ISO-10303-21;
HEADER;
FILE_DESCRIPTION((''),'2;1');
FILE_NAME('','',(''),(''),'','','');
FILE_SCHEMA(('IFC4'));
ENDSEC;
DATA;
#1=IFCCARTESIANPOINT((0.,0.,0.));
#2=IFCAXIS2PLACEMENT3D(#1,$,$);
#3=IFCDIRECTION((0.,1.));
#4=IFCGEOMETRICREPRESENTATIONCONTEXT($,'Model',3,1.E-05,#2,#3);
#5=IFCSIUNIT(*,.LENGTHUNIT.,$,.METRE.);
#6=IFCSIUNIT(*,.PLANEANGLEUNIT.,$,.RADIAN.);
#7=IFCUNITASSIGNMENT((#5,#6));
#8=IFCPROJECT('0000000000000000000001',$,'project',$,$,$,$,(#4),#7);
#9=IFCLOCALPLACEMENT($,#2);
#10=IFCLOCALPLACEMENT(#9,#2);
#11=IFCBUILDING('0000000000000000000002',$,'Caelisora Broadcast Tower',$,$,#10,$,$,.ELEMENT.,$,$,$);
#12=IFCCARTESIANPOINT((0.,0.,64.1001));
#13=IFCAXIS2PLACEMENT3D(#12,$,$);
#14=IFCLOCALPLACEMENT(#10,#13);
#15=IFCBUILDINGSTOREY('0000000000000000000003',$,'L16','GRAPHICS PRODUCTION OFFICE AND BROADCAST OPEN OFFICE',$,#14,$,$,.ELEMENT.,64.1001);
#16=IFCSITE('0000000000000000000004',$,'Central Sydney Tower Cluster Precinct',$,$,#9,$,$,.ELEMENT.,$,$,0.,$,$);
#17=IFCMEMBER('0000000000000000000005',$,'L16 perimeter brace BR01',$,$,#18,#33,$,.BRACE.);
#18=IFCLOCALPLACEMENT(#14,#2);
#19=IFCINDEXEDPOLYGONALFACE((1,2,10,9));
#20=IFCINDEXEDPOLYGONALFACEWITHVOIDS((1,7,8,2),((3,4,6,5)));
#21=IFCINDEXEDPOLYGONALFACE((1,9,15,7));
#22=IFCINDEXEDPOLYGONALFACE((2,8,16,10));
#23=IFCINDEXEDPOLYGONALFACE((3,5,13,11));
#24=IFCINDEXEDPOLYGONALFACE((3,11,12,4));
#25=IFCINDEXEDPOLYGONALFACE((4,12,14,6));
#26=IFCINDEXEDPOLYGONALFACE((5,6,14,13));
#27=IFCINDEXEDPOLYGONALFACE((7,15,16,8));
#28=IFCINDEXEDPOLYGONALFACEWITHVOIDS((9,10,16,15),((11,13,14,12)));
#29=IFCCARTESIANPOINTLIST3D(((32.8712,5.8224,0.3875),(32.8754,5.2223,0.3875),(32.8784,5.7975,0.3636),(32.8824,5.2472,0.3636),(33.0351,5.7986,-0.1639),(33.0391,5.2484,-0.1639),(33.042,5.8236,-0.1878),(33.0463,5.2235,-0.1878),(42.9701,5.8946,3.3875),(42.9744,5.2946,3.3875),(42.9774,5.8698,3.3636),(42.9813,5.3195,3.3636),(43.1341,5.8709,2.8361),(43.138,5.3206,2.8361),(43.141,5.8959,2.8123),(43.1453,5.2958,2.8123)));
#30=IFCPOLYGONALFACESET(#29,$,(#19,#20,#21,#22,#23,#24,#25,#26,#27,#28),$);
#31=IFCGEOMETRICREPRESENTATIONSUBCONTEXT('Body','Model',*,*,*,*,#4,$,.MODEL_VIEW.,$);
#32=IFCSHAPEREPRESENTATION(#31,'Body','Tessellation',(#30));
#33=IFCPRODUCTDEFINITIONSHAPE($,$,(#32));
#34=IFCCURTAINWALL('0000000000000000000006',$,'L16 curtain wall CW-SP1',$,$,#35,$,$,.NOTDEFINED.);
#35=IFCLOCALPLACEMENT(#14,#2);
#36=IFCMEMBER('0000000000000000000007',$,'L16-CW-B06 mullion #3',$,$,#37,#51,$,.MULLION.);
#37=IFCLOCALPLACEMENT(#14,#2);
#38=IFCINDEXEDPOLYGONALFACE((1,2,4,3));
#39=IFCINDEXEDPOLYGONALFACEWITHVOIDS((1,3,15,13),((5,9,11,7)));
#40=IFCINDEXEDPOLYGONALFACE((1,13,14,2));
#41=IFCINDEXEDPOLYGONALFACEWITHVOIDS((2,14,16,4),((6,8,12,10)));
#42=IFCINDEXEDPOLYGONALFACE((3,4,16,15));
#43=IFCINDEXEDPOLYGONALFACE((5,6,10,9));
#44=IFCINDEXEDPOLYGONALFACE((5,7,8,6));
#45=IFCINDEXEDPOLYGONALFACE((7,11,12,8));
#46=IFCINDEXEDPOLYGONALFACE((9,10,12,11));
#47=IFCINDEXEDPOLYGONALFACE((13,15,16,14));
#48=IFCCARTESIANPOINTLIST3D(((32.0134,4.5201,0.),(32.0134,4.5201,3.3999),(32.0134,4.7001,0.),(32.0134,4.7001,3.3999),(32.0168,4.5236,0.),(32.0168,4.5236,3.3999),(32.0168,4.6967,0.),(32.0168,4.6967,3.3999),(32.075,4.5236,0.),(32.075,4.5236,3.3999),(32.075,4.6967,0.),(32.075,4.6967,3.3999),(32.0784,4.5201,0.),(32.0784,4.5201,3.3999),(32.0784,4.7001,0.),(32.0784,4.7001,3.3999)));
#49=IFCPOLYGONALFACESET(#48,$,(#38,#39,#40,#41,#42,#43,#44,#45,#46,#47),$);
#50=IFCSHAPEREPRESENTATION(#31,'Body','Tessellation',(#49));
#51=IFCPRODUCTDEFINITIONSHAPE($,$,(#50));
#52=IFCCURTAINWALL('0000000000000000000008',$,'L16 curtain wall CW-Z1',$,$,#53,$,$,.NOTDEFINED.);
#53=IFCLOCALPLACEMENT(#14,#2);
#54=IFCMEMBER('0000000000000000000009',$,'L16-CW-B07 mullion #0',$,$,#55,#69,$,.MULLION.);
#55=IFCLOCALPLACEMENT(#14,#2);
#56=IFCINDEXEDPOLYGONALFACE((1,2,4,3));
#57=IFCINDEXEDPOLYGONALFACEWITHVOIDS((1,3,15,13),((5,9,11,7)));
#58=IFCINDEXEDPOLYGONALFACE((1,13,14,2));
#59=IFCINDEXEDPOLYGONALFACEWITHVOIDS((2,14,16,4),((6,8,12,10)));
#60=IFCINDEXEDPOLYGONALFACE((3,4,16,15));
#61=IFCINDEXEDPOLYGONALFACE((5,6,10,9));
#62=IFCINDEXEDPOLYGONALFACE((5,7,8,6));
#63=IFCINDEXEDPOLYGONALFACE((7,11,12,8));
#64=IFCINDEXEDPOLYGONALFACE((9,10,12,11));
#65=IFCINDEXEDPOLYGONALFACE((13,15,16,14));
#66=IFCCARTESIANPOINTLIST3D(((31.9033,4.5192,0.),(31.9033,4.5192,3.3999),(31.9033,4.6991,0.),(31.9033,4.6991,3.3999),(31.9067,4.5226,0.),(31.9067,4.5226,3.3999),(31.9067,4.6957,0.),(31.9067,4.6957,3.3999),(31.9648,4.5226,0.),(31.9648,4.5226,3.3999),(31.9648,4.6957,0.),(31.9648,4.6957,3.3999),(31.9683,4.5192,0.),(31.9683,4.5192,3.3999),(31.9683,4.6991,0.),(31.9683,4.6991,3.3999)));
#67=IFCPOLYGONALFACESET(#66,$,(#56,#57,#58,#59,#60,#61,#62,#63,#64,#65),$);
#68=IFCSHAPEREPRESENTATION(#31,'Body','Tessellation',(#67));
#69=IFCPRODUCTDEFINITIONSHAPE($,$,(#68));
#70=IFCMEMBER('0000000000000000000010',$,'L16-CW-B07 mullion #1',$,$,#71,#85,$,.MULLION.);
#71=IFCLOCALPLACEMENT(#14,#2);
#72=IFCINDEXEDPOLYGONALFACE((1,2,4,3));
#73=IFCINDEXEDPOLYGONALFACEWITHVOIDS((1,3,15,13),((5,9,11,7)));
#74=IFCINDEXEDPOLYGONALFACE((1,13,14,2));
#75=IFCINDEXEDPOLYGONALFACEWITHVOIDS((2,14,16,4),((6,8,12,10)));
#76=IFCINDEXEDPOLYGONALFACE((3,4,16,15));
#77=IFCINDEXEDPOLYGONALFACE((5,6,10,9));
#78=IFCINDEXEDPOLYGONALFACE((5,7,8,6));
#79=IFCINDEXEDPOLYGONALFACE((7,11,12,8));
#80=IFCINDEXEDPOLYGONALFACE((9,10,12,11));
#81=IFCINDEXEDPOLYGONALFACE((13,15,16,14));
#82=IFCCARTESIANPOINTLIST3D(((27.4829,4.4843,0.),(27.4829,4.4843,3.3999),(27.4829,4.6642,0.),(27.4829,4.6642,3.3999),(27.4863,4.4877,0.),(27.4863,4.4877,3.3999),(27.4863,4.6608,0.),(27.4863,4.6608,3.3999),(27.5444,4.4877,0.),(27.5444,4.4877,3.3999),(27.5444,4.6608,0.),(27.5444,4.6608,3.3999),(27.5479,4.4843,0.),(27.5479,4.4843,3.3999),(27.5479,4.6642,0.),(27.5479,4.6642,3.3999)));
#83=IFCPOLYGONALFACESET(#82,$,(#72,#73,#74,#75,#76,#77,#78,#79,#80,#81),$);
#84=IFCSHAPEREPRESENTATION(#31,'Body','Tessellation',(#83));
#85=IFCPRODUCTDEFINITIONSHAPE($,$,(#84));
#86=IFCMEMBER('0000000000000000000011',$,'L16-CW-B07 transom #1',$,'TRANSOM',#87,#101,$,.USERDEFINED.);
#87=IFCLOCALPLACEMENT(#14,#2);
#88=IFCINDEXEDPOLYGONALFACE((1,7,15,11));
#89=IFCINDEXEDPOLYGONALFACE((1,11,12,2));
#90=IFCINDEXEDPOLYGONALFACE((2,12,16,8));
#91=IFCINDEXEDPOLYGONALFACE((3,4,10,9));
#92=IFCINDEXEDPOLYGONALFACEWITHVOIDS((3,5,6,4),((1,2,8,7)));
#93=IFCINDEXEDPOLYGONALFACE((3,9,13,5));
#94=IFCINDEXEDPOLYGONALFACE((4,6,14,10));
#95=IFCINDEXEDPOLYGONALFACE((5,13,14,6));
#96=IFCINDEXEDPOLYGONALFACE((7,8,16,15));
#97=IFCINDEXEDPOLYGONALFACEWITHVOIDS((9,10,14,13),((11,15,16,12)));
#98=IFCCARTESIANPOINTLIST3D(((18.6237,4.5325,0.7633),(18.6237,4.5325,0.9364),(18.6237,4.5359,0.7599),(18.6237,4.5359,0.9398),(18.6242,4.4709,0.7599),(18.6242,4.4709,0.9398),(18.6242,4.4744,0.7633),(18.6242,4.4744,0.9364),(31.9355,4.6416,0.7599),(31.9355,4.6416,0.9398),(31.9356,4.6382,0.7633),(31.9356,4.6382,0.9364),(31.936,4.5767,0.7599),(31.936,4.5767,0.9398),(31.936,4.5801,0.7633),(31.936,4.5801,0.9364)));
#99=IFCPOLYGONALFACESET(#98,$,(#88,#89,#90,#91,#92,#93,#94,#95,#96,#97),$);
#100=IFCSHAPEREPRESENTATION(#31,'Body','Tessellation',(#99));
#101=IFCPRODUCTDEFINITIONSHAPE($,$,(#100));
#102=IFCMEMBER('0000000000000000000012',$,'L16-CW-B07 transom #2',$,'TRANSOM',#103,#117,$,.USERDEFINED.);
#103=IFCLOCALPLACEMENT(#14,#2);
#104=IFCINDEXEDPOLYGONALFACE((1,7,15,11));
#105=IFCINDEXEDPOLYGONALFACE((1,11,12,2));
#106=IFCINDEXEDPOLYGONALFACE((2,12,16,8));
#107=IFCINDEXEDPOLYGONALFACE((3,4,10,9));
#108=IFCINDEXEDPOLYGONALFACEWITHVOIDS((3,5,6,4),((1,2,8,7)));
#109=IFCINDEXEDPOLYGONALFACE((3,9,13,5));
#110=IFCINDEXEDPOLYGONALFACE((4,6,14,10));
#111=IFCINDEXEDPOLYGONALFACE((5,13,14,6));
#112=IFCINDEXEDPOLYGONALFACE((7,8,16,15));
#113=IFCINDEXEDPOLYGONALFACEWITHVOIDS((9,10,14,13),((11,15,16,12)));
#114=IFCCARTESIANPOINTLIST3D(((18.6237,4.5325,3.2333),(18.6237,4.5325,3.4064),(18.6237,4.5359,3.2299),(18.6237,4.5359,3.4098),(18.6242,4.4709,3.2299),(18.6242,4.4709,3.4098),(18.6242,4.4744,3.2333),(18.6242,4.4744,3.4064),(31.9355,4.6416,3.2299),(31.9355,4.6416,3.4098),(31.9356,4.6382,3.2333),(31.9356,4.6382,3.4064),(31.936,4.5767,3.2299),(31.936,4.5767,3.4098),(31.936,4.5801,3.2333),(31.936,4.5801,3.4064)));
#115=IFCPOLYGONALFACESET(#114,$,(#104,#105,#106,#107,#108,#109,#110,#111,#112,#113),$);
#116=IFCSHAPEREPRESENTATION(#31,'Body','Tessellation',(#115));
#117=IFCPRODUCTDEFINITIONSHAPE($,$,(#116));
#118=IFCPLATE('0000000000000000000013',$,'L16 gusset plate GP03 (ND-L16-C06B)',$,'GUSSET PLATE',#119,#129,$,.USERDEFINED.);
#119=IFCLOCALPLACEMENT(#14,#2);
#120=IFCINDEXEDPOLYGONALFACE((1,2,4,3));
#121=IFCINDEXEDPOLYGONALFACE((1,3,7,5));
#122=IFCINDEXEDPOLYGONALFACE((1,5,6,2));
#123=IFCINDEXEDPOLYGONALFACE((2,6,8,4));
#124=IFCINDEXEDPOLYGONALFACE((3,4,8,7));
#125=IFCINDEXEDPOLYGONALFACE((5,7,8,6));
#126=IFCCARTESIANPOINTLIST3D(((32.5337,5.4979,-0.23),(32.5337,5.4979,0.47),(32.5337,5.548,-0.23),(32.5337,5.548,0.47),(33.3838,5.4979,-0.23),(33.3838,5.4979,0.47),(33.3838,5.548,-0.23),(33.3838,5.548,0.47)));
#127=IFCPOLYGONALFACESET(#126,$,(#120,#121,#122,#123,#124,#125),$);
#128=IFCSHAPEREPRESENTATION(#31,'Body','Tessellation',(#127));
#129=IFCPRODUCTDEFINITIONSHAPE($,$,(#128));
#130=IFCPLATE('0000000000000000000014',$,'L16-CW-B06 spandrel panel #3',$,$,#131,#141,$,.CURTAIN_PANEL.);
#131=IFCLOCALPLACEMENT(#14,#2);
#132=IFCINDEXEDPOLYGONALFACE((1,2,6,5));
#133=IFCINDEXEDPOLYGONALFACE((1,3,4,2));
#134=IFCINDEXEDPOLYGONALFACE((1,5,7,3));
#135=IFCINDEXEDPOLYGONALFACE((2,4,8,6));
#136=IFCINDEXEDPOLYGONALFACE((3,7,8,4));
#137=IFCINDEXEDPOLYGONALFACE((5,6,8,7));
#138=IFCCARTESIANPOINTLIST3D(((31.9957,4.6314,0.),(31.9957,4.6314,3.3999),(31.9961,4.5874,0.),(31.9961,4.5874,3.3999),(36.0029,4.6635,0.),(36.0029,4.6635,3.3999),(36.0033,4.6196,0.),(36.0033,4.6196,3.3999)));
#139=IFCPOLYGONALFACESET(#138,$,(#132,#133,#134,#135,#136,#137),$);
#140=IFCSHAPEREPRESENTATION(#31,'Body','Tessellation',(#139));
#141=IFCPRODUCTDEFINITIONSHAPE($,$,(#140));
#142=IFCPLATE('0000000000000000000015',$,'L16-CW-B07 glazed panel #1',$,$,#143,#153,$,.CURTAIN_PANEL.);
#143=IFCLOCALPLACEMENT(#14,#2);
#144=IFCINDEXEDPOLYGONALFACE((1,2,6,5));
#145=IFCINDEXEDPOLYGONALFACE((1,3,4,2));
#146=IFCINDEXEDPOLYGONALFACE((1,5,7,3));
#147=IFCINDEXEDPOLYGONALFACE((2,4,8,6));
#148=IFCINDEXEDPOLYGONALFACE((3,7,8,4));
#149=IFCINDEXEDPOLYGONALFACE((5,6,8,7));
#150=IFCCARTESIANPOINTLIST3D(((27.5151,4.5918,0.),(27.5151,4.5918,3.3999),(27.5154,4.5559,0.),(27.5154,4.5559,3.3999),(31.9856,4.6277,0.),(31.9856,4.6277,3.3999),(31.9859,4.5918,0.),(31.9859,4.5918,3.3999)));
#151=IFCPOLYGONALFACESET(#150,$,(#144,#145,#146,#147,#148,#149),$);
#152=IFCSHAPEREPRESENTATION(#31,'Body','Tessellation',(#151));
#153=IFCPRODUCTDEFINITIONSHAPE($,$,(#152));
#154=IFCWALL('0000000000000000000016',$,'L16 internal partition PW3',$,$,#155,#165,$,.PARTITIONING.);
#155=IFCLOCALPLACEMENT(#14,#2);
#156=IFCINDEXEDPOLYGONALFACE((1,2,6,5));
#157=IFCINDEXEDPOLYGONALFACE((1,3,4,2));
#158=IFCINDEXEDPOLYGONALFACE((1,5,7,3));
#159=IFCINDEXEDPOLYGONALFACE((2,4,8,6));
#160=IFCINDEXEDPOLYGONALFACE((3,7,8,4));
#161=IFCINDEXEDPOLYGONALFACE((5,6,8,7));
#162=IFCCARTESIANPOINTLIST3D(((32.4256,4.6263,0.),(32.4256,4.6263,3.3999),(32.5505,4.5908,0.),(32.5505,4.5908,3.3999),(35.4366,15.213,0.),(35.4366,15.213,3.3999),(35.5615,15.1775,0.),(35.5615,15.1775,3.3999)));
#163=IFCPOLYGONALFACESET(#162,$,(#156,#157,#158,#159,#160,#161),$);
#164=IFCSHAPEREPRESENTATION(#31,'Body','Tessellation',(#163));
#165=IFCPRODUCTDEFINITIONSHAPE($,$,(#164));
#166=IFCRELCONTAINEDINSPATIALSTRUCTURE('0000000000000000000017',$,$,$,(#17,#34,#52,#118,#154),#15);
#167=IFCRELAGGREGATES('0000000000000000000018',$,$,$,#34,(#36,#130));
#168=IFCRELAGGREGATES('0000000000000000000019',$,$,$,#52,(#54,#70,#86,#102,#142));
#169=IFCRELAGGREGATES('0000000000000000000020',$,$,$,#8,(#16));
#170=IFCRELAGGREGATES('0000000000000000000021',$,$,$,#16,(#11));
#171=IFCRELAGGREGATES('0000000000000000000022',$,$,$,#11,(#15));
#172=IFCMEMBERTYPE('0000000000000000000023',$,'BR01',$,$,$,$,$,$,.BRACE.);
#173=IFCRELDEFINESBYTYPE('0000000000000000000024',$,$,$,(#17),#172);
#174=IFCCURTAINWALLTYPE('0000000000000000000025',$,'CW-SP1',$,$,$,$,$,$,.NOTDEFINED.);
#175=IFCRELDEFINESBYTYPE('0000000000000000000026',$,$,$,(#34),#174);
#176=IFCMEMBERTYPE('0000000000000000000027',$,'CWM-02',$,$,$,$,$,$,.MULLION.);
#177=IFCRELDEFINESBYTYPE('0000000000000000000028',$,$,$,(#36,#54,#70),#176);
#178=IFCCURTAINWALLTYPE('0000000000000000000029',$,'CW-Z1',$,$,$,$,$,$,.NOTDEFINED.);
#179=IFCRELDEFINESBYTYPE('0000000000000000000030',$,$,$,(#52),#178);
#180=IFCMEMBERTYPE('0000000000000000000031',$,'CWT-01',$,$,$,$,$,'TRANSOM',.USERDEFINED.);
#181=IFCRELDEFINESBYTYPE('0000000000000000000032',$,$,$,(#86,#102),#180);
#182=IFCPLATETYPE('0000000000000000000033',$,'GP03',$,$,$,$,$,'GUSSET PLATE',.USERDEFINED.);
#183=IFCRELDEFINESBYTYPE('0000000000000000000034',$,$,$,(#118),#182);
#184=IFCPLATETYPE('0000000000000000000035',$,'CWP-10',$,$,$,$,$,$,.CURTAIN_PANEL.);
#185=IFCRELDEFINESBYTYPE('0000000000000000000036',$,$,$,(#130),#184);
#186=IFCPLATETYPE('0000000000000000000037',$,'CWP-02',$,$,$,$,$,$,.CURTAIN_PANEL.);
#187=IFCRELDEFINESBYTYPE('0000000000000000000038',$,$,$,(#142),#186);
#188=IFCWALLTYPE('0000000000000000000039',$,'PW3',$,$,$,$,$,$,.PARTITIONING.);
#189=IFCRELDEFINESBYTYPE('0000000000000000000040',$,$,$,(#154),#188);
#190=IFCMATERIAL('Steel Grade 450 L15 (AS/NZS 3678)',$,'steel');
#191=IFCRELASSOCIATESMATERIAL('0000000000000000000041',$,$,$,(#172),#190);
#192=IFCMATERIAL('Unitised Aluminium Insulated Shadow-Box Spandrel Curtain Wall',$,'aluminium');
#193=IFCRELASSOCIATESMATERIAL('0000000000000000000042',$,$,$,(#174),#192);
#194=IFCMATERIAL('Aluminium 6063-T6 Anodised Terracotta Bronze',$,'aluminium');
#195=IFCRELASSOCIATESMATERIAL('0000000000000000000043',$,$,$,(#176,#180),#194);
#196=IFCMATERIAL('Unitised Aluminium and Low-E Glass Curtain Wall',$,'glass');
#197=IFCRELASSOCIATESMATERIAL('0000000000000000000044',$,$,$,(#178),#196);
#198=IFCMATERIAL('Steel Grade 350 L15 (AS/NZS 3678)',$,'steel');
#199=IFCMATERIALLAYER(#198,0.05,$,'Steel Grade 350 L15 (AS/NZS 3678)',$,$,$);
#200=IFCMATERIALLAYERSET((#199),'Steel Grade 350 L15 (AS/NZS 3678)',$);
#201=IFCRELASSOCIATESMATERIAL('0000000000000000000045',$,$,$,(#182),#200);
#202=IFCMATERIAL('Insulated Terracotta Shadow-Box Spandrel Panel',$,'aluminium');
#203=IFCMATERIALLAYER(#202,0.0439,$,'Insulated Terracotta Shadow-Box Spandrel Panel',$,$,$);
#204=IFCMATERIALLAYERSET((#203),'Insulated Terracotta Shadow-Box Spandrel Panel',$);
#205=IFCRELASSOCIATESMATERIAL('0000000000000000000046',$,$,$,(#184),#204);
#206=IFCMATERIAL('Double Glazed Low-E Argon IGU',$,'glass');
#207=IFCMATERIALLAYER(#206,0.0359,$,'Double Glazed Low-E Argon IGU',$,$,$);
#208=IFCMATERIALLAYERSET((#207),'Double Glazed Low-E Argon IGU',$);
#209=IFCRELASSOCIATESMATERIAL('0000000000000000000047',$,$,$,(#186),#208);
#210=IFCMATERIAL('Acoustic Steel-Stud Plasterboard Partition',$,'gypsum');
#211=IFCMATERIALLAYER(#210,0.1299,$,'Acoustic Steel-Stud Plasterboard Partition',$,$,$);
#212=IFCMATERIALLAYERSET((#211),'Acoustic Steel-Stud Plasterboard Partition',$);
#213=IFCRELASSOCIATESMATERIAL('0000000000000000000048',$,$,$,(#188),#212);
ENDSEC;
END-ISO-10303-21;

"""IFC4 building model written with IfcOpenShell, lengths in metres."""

from ifc_helpers import new_model, si_unit, direction, frame, frame_2d, origin, origin_2d, place, context, subcontext, project, spatial, rectangle, hollow_rectangle, extrude, source, transform, mapped, material, layer, layer_set, material_profile, profile_set, type_object, type_shapes, element, aggregate, save


model = new_model("IFC4")

# Units and contexts
model_context = context("Model", 3, precision=1e-05, world=origin(), true_north=direction((0.0, 1.0)))
body_context = subcontext(model_context, "Body", "Model", "MODEL_VIEW")
ifc_project = project(units=[si_unit("LENGTHUNIT", "METRE"), si_unit("PLANEANGLEUNIT", "RADIAN")], contexts=[model_context])

# Site, building, storey
site_placement = place(None, origin())
site = spatial("IfcSite", under=ifc_project, at=site_placement, Name="Central Sydney Tower Cluster Precinct", CompositionType="ELEMENT", RefElevation=0.0)
building_placement = place(site_placement, origin())
building = spatial("IfcBuilding", under=site, at=building_placement, Name="Caelisora Broadcast Tower", CompositionType="ELEMENT")
storey_placement = place(building_placement, frame((0.0, 0.0, 64.1001)))
storey = spatial("IfcBuildingStorey", under=building, at=storey_placement, Name="L16", Description="GRAPHICS PRODUCTION OFFICE AND BROADCAST OPEN OFFICE", CompositionType="ELEMENT", Elevation=64.1001)

# Shared definitions
ifc_material_1 = material(Name="Steel Grade 350 L15 (AS/NZS 3678)", Category="steel")

# Member
ifc_material_2 = material(Name="Steel Grade 450 L15 (AS/NZS 3678)", Category="steel")
ifc_material_profile_1 = material_profile(ifc_material_2, hollow_rectangle(XDim=0.6001, YDim=0.6001, WallThickness=0.0249, at=origin_2d()), Name="Steel Grade 450 L15 (AS/NZS 3678)")
ifc_profile_set_1 = profile_set([ifc_material_profile_1], Name="Steel Grade 450 L15 (AS/NZS 3678)")
member_type_1 = type_object("IfcMemberType", Name="BR01", PredefinedType="BRACE", material=ifc_profile_set_1)
shared_shape_1 = source(origin(), body_context, "Body", "SweptSolid", [
    extrude(hollow_rectangle(XDim=0.6001, YDim=0.6001, WallThickness=0.0249, at=origin_2d()), origin(), (0.0, 0.0, 1.0), 10.5354),
])
type_shapes(member_type_1, [shared_shape_1])
member_1_placement = place(storey_placement, frame((32.9587, 5.5229, 0.0999), z_axis=(0.958575, 0.006859, 0.284757), x_axis=(-0.007156, 0.999974, 0.0)))
element("IfcMember", 1, at=member_1_placement, inside=storey, type_object=member_type_1, Name="L16 perimeter brace BR01", PredefinedType="BRACE", context=body_context, shape_type="MappedRepresentation", body=[
    mapped(shared_shape_1, transform((0.0, 0.0, 0.0), scale=1.0)),
])

# Curtain wall, member
ifc_material_3 = material(Name="Unitised Aluminium Insulated Shadow-Box Spandrel Curtain Wall", Category="aluminium")
curtain_wall_type_1 = type_object("IfcCurtainWallType", Name="CW-SP1", PredefinedType="NOTDEFINED", material=ifc_material_3)
curtain_wall_1_placement = place(storey_placement, origin())
curtain_wall_1 = element("IfcCurtainWall", 2, at=curtain_wall_1_placement, inside=storey, type_object=curtain_wall_type_1, Name="L16 curtain wall CW-SP1", PredefinedType="NOTDEFINED")
ifc_material_4 = material(Name="Aluminium 6063-T6 Anodised Terracotta Bronze", Category="aluminium")
ifc_material_profile_2 = material_profile(ifc_material_4, hollow_rectangle(XDim=0.0649, YDim=0.1799, WallThickness=0.0034, at=origin_2d()), Name="Aluminium 6063-T6 Anodised Terracotta Bronze")
ifc_profile_set_2 = profile_set([ifc_material_profile_2], Name="Aluminium 6063-T6 Anodised Terracotta Bronze")
member_type_2 = type_object("IfcMemberType", Name="CWM-02", PredefinedType="MULLION", material=ifc_profile_set_2)
shared_shape_2 = source(origin(), body_context, "Body", "SweptSolid", [
    extrude(hollow_rectangle(XDim=0.0649, YDim=0.1799, WallThickness=0.0034, at=origin_2d()), origin(), (0.0, 0.0, 1.0), 3.3999),
])
type_shapes(member_type_2, [shared_shape_2])
member_2_placement = place(storey_placement, frame((32.0459, 4.6101, 0.0), z_axis=(0.0, 0.0, 1.0), x_axis=(1.0, 0.0, 0.0)))
member_2 = element("IfcMember", 3, at=member_2_placement, type_object=member_type_2, Name="L16-CW-B06 mullion #3", PredefinedType="MULLION", context=body_context, shape_type="MappedRepresentation", body=[
    mapped(shared_shape_2, transform((0.0, 0.0, 0.0), scale=1.0)),
])

# Curtain wall, members
ifc_material_5 = material(Name="Unitised Aluminium and Low-E Glass Curtain Wall", Category="glass")
curtain_wall_type_2 = type_object("IfcCurtainWallType", Name="CW-Z1", PredefinedType="NOTDEFINED", material=ifc_material_5)
curtain_wall_2_placement = place(storey_placement, origin())
curtain_wall_2 = element("IfcCurtainWall", 4, at=curtain_wall_2_placement, inside=storey, type_object=curtain_wall_type_2, Name="L16 curtain wall CW-Z1", PredefinedType="NOTDEFINED")
member_3_placement = place(storey_placement, frame((31.9358, 4.6091, 0.0), z_axis=(0.0, 0.0, 1.0), x_axis=(1.0, 0.0, 0.0)))
member_3 = element("IfcMember", 5, at=member_3_placement, type_object=member_type_2, Name="L16-CW-B07 mullion #0", PredefinedType="MULLION", context=body_context, shape_type="MappedRepresentation", body=[
    mapped(shared_shape_2, transform((0.0, 0.0, 0.0), scale=1.0)),
])
member_4_placement = place(storey_placement, frame((27.5154, 4.5742, 0.0), z_axis=(0.0, 0.0, 1.0), x_axis=(1.0, 0.0, 0.0)))
member_4 = element("IfcMember", 6, at=member_4_placement, type_object=member_type_2, Name="L16-CW-B07 mullion #1", PredefinedType="MULLION", context=body_context, shape_type="MappedRepresentation", body=[
    mapped(shared_shape_2, transform((0.0, 0.0, 0.0), scale=1.0)),
])
ifc_material_profile_3 = material_profile(ifc_material_4, hollow_rectangle(XDim=0.0649, YDim=0.1799, WallThickness=0.0034, at=origin_2d()), Name="Aluminium 6063-T6 Anodised Terracotta Bronze")
ifc_profile_set_3 = profile_set([ifc_material_profile_3], Name="Aluminium 6063-T6 Anodised Terracotta Bronze")
member_type_3 = type_object("IfcMemberType", Name="CWT-01", ElementType="TRANSOM", PredefinedType="USERDEFINED", material=ifc_profile_set_3)
shared_shape_3 = source(origin(), body_context, "Body", "SweptSolid", [
    extrude(hollow_rectangle(XDim=0.0649, YDim=0.1799, WallThickness=0.0034, at=origin_2d()), origin(), (0.0, 0.0, 1.0), 13.3123),
])
type_shapes(member_type_3, [shared_shape_3])
member_5_placement = place(storey_placement, frame((31.9358, 4.6091, 0.8499), z_axis=(-0.999968, -0.007941, 0.0), x_axis=(0.007941, -0.999968, 0.0)))
member_5 = element("IfcMember", 7, at=member_5_placement, type_object=member_type_3, Name="L16-CW-B07 transom #1", ObjectType="TRANSOM", PredefinedType="USERDEFINED", context=body_context, shape_type="MappedRepresentation", body=[
    mapped(shared_shape_3, transform((0.0, 0.0, 0.0), scale=1.0)),
])
member_6_placement = place(storey_placement, frame((31.9358, 4.6091, 3.3198), z_axis=(-0.999968, -0.007941, 0.0), x_axis=(0.007941, -0.999968, 0.0)))
member_6 = element("IfcMember", 8, at=member_6_placement, type_object=member_type_3, Name="L16-CW-B07 transom #2", ObjectType="TRANSOM", PredefinedType="USERDEFINED", context=body_context, shape_type="MappedRepresentation", body=[
    mapped(shared_shape_3, transform((0.0, 0.0, 0.0), scale=1.0)),
])

# Plates
ifc_layer_1 = layer(ifc_material_1, 0.05, Name="Steel Grade 350 L15 (AS/NZS 3678)")
ifc_layer_set_1 = layer_set([ifc_layer_1], Name="Steel Grade 350 L15 (AS/NZS 3678)")
plate_type_1 = type_object("IfcPlateType", Name="GP03", ElementType="GUSSET PLATE", PredefinedType="USERDEFINED", material=ifc_layer_set_1)
shared_shape_4 = source(origin(), body_context, "Body", "SweptSolid", [
    extrude(rectangle(XDim=0.8501, YDim=0.05, at=origin_2d()), origin(), (0.0, 0.0, 1.0), 0.7),
])
type_shapes(plate_type_1, [shared_shape_4])
plate_1_placement = place(storey_placement, frame((32.9587, 5.5229, -0.23), z_axis=(0.0, 0.0, 1.0), x_axis=(1.0, 0.0, 0.0)))
element("IfcPlate", 9, at=plate_1_placement, inside=storey, type_object=plate_type_1, Name="L16 gusset plate GP03 (ND-L16-C06B)", ObjectType="GUSSET PLATE", PredefinedType="USERDEFINED", context=body_context, shape_type="MappedRepresentation", body=[
    mapped(shared_shape_4, transform((0.0, 0.0, 0.0), scale=1.0)),
])
ifc_material_6 = material(Name="Insulated Terracotta Shadow-Box Spandrel Panel", Category="aluminium")
ifc_layer_2 = layer(ifc_material_6, 0.0439, Name="Insulated Terracotta Shadow-Box Spandrel Panel")
ifc_layer_set_2 = layer_set([ifc_layer_2], Name="Insulated Terracotta Shadow-Box Spandrel Panel")
plate_type_2 = type_object("IfcPlateType", Name="CWP-10", PredefinedType="CURTAIN_PANEL", material=ifc_layer_set_2)
shared_shape_5 = source(origin(), body_context, "Body", "SweptSolid", [
    extrude(rectangle(XDim=4.0073, YDim=0.0439, at=origin_2d()), origin(), (0.0, 0.0, 1.0), 3.3999),
])
type_shapes(plate_type_2, [shared_shape_5])
plate_2_placement = place(storey_placement, frame((33.9995, 4.6255, 0.0), z_axis=(0.0, 0.0, 1.0), x_axis=(-0.999968, -0.008028, 0.0)))
plate_2 = element("IfcPlate", 10, at=plate_2_placement, type_object=plate_type_2, Name="L16-CW-B06 spandrel panel #3", PredefinedType="CURTAIN_PANEL", context=body_context, shape_type="MappedRepresentation", body=[
    mapped(shared_shape_5, transform((0.0, 0.0, 0.0), scale=1.0)),
])
aggregate(curtain_wall_1, [member_2, plate_2])
ifc_material_7 = material(Name="Double Glazed Low-E Argon IGU", Category="glass")
ifc_layer_3 = layer(ifc_material_7, 0.0359, Name="Double Glazed Low-E Argon IGU")
ifc_layer_set_3 = layer_set([ifc_layer_3], Name="Double Glazed Low-E Argon IGU")
plate_type_3 = type_object("IfcPlateType", Name="CWP-02", PredefinedType="CURTAIN_PANEL", material=ifc_layer_set_3)
shared_shape_6 = source(origin(), body_context, "Body", "SweptSolid", [
    extrude(rectangle(XDim=4.4707, YDim=0.0359, at=origin_2d()), origin(), (0.0, 0.0, 1.0), 3.3999),
])
type_shapes(plate_type_3, [shared_shape_6])
plate_3_placement = place(storey_placement, frame((29.7505, 4.5918, 0.0), z_axis=(0.0, 0.0, 1.0), x_axis=(-0.999968, -0.008028, 0.0)))
plate_3 = element("IfcPlate", 11, at=plate_3_placement, type_object=plate_type_3, Name="L16-CW-B07 glazed panel #1", PredefinedType="CURTAIN_PANEL", context=body_context, shape_type="MappedRepresentation", body=[
    mapped(shared_shape_6, transform((0.0, 0.0, 0.0), scale=1.0)),
])
aggregate(curtain_wall_2, [member_3, member_4, member_5, member_6, plate_3])

# Wall
ifc_material_8 = material(Name="Acoustic Steel-Stud Plasterboard Partition", Category="gypsum")
ifc_layer_4 = layer(ifc_material_8, 0.1299, Name="Acoustic Steel-Stud Plasterboard Partition")
ifc_layer_set_4 = layer_set([ifc_layer_4], Name="Acoustic Steel-Stud Plasterboard Partition")
wall_type = type_object("IfcWallType", Name="PW3", PredefinedType="PARTITIONING", material=ifc_layer_set_4)
wall_1_placement = place(storey_placement, frame((32.488, 4.6084, 0.0), z_axis=(0.0, 0.0, 1.0), x_axis=(0.273564, 0.961854, 0.0)))
element("IfcWall", 12, at=wall_1_placement, inside=storey, type_object=wall_type, Name="L16 internal partition PW3", PredefinedType="PARTITIONING", context=body_context, shape_type="SweptSolid", body=[
    extrude(rectangle(XDim=11.0066, YDim=0.1299, at=frame_2d((5.5034, 0.0))), origin(), (0.0, 0.0, 1.0), 3.3999),
])

save(model, "model.ifc")
